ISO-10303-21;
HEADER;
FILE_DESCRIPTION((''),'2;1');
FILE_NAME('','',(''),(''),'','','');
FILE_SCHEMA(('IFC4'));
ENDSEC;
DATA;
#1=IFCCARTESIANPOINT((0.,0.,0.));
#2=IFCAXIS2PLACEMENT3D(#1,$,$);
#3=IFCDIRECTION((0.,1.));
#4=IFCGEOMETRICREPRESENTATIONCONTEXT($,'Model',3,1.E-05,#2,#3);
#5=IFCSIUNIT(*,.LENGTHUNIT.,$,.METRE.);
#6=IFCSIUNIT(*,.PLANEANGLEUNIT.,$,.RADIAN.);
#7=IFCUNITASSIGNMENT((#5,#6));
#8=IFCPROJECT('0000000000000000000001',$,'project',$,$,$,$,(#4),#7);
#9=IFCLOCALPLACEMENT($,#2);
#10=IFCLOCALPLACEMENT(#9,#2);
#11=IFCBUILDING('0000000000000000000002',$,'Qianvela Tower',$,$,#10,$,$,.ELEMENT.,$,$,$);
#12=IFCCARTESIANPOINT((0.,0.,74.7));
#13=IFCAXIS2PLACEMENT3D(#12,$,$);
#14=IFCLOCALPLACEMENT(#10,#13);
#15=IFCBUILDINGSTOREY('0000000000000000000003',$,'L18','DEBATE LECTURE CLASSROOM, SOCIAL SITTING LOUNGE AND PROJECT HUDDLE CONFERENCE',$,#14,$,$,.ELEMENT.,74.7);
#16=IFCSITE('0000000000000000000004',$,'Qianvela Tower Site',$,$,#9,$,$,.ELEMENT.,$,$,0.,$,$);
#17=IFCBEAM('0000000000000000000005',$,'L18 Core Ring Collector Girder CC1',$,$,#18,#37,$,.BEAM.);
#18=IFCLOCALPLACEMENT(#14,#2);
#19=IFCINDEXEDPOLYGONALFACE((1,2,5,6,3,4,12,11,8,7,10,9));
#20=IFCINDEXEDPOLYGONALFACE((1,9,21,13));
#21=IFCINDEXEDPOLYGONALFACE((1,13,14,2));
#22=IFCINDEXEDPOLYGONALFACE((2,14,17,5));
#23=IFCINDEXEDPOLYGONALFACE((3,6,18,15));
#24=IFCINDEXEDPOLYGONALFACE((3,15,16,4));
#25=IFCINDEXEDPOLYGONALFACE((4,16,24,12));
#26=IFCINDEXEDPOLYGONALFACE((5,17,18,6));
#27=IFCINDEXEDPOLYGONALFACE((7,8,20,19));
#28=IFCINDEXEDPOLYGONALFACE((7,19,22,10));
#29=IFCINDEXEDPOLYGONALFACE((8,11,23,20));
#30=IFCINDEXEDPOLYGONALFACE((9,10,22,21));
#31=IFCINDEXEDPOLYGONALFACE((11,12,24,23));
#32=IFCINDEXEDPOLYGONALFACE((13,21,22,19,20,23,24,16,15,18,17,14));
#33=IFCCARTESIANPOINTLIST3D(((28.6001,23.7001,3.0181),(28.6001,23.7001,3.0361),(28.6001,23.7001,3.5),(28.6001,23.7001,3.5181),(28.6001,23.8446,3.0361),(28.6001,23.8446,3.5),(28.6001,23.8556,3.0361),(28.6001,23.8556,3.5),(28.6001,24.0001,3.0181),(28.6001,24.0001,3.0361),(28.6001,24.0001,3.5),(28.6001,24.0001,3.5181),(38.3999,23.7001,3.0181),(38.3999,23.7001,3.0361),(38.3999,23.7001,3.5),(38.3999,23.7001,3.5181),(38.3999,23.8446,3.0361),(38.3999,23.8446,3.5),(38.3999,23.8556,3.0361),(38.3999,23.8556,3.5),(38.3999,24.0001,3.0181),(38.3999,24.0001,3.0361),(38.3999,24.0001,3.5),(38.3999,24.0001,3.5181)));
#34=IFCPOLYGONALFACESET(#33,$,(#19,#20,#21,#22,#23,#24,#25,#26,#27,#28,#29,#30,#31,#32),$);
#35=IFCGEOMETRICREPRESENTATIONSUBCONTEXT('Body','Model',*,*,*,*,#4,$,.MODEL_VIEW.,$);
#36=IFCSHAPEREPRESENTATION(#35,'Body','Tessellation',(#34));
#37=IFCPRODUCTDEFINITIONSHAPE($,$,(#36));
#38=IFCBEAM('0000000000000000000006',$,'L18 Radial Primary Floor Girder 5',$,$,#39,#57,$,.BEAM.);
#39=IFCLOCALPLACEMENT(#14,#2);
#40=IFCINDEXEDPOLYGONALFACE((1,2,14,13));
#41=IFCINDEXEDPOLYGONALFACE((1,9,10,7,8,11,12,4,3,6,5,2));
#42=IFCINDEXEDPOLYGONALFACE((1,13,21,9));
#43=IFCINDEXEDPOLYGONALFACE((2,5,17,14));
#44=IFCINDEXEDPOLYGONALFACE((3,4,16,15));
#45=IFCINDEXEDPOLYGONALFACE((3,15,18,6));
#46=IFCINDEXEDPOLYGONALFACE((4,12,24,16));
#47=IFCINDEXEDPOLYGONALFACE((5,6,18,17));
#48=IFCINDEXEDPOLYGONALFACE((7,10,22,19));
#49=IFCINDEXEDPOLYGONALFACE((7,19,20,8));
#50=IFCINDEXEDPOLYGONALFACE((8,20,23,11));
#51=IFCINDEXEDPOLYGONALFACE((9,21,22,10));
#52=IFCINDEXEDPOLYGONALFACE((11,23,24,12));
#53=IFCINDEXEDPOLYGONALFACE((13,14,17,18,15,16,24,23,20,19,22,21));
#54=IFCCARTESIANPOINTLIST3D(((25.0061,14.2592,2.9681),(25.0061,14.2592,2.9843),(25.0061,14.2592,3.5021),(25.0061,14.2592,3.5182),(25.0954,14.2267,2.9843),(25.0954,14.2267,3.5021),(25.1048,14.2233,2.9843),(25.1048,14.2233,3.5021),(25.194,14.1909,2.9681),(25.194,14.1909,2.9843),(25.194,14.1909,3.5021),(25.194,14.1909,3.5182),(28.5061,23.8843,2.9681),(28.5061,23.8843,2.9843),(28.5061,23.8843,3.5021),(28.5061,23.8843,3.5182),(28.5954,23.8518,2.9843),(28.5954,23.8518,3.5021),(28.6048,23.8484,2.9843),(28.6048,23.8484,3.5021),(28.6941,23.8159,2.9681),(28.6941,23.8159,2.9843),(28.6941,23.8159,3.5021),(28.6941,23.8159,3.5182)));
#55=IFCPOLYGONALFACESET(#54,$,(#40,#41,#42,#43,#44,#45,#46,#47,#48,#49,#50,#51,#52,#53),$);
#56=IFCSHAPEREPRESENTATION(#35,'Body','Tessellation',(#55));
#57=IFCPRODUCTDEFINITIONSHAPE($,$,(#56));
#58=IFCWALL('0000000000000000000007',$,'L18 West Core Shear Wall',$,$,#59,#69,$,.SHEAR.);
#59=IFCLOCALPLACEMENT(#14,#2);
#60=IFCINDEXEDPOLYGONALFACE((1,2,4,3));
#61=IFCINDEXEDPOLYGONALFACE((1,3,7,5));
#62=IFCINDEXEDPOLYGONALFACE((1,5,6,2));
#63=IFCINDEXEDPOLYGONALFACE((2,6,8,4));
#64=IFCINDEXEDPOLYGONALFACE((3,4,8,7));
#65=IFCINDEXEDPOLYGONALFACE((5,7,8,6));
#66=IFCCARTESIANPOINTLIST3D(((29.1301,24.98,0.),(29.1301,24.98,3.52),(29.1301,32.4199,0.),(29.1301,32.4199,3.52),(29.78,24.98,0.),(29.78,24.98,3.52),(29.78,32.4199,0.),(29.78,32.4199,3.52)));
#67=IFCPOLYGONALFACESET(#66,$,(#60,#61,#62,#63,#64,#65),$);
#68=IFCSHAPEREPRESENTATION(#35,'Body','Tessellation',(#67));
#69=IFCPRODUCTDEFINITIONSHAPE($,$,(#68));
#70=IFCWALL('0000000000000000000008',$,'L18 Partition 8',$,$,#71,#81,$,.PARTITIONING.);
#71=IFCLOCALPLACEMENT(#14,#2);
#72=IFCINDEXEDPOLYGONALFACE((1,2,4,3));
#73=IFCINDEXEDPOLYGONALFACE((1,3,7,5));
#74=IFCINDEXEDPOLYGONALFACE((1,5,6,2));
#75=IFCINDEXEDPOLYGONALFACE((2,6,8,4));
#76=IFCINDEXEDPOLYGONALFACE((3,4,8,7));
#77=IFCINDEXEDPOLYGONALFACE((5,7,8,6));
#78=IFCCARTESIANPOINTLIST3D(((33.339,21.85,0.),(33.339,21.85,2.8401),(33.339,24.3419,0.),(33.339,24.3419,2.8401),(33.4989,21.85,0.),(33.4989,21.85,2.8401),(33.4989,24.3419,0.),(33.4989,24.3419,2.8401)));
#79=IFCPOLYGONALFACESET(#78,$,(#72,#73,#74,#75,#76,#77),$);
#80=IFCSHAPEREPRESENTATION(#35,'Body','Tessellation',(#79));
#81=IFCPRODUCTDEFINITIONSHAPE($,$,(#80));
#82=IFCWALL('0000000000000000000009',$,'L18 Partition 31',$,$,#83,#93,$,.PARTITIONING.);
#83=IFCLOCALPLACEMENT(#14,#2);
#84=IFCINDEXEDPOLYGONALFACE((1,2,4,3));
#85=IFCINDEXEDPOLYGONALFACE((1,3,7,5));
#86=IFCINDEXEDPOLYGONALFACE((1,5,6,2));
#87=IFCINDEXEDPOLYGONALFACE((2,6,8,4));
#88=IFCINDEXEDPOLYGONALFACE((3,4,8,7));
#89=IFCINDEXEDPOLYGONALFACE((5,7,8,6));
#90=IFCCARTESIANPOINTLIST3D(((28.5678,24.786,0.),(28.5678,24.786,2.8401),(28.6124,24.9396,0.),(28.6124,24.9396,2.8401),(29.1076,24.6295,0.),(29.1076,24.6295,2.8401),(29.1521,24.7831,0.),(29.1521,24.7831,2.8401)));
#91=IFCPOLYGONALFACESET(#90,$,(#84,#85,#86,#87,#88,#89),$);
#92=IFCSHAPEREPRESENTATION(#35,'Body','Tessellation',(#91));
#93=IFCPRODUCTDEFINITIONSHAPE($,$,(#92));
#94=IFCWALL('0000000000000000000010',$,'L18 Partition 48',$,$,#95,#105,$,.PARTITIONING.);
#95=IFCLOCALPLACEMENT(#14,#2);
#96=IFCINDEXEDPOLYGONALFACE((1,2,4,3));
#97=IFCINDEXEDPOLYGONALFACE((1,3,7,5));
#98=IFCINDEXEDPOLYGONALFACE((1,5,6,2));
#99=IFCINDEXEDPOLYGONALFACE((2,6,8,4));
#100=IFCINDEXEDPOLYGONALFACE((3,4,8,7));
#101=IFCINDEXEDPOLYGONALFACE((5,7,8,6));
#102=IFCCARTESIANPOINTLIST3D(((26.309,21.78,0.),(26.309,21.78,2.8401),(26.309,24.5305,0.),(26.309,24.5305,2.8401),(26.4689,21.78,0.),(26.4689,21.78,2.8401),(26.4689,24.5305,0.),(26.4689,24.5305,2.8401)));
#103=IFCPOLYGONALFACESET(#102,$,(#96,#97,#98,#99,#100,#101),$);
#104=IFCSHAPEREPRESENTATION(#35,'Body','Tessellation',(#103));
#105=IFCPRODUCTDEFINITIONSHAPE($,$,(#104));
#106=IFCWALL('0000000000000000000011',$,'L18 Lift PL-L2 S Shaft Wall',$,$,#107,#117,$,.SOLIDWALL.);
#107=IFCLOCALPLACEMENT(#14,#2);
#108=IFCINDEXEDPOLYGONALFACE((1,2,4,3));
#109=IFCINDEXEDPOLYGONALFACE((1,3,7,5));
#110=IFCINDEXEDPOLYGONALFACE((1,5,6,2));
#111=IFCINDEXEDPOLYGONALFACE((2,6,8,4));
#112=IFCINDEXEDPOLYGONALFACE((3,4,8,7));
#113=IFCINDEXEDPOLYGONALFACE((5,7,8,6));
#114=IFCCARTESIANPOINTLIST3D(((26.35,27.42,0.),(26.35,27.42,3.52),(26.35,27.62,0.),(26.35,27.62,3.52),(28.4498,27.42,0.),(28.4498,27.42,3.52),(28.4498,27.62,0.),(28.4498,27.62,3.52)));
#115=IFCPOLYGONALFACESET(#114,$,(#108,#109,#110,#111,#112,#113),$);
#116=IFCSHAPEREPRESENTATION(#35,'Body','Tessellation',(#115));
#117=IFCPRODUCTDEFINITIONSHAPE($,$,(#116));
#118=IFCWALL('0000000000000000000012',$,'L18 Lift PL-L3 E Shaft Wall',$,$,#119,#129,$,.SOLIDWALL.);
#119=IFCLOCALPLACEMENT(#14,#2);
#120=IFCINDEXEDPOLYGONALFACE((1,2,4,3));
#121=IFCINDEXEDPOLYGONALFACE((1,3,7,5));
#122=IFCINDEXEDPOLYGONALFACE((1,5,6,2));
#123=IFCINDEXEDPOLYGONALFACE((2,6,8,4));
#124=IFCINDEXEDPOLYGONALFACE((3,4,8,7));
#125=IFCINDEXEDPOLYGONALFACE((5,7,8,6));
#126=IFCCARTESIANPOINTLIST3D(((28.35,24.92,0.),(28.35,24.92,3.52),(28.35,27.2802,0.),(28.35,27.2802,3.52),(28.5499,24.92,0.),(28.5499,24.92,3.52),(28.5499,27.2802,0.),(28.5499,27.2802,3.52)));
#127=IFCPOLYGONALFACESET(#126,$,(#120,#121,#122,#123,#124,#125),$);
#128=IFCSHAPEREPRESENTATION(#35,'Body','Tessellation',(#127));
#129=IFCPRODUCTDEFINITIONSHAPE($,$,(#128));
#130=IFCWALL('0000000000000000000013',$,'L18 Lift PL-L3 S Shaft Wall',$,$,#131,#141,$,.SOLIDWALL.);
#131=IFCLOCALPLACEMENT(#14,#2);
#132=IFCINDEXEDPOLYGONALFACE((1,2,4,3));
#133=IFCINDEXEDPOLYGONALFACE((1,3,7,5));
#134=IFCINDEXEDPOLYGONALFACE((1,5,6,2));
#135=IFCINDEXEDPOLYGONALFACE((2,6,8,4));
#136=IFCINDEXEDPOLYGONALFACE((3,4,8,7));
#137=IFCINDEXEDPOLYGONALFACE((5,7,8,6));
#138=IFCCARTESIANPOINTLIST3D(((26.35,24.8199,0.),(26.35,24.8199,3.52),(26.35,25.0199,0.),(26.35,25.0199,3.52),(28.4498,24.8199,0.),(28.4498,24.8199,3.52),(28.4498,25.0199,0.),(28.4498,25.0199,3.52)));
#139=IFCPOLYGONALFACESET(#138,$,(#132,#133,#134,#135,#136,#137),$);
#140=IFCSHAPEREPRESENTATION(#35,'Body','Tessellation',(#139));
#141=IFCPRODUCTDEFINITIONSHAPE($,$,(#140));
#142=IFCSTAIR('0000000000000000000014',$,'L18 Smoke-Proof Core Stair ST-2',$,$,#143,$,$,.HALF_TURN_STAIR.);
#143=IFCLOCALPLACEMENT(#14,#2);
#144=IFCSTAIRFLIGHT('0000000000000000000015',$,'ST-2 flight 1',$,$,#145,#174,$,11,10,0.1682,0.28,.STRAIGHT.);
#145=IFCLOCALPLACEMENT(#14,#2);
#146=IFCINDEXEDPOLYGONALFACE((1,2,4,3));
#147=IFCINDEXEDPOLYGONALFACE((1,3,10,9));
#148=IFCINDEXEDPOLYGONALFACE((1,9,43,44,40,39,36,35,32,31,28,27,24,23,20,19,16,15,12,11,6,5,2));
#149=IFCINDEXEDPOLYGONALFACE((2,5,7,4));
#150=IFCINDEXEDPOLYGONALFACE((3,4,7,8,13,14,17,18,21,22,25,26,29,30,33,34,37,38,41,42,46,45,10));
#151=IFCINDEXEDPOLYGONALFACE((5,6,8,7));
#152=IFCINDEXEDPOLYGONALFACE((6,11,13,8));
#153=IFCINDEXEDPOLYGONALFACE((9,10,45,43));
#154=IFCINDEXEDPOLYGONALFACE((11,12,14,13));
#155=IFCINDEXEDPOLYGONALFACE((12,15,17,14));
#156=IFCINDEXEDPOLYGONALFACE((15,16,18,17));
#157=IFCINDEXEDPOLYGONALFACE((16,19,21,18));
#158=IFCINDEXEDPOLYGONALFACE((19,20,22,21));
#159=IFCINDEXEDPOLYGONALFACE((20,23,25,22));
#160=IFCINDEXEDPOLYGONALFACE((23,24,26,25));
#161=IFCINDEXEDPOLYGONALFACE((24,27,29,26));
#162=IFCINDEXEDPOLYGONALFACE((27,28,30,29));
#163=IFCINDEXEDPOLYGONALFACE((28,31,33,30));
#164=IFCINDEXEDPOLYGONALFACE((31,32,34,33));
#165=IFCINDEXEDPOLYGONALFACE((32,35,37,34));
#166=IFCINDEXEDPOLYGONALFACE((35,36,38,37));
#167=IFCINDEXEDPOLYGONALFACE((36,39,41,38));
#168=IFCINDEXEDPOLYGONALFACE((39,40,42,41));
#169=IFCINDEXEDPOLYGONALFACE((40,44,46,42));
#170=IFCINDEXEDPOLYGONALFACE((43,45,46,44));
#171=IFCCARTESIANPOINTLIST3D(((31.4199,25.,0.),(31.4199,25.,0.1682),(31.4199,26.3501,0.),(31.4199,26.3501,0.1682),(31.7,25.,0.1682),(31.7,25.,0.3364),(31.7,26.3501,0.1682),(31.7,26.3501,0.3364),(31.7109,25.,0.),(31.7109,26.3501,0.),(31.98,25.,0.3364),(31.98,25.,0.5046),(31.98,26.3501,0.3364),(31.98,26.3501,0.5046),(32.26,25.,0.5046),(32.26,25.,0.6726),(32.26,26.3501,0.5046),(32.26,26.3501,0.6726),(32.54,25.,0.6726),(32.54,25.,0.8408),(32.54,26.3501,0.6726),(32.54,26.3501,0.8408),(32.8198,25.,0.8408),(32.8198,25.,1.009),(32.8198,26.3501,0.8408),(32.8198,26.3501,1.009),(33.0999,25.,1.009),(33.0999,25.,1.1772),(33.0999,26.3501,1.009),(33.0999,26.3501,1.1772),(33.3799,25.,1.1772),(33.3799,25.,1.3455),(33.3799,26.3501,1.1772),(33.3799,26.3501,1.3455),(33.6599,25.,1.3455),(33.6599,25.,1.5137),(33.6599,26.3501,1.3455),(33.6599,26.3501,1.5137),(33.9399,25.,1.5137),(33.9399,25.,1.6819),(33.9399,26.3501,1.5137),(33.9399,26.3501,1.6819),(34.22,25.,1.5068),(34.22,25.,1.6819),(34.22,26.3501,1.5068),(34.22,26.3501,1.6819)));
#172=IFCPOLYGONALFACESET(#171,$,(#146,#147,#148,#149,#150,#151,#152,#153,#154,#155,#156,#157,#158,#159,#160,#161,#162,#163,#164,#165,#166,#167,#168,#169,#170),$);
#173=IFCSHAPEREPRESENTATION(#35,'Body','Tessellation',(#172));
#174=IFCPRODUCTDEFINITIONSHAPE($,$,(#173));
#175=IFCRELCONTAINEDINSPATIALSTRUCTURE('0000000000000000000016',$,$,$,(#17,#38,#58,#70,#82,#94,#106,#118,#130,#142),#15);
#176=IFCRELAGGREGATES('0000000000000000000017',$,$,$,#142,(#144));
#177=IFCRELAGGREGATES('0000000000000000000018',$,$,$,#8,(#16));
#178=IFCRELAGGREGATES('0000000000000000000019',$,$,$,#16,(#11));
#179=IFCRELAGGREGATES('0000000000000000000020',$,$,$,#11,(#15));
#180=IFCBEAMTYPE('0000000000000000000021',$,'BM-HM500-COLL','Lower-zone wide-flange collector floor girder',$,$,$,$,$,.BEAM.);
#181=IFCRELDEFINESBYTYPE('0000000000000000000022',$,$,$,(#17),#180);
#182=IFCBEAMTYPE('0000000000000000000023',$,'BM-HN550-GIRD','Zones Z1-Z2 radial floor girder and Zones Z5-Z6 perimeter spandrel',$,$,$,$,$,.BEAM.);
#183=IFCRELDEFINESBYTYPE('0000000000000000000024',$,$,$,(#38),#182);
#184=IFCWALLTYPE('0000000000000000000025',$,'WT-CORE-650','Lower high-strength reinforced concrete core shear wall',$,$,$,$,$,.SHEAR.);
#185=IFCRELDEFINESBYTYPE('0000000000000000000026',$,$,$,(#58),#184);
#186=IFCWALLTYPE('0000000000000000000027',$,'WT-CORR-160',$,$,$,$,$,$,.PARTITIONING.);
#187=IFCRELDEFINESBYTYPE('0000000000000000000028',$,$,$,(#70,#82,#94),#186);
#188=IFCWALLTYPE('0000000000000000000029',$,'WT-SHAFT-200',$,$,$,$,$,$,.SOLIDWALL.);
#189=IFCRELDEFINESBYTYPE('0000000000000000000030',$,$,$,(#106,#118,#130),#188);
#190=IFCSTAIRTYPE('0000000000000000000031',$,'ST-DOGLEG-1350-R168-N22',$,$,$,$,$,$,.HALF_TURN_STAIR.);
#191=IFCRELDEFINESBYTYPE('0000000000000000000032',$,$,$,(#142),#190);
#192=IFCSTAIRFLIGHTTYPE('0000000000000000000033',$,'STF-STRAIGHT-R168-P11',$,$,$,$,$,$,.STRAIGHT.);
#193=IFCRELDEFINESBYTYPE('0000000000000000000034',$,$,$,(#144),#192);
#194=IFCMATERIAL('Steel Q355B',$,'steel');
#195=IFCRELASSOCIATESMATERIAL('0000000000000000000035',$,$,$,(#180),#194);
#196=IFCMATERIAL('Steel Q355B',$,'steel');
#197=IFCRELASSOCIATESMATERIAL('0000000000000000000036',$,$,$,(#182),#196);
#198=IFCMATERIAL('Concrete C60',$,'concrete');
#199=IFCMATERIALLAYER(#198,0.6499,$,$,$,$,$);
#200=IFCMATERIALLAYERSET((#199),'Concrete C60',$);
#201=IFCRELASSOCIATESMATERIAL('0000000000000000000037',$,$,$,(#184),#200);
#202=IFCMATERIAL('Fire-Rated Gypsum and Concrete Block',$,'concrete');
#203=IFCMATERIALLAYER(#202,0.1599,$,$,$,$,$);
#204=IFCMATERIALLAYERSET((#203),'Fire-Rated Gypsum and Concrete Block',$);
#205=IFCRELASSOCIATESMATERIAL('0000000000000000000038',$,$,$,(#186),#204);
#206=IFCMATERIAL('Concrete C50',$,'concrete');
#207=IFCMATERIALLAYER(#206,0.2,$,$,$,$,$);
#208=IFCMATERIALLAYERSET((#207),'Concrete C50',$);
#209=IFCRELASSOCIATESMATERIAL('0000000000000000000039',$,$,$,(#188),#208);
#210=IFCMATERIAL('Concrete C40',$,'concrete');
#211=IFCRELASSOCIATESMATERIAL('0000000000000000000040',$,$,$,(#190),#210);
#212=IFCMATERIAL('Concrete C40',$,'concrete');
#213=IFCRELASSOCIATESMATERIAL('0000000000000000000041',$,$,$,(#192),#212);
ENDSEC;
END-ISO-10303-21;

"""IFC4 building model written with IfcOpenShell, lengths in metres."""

from ifc_helpers import new_model, si_unit, direction, frame, frame_2d, origin, origin_2d, place, context, subcontext, project, spatial, polyline, rectangle, i_section, outline, extrude, material, layer, layer_set, material_profile, profile_set, type_object, element, aggregate, save


model = new_model("IFC4")

# Units and contexts
model_context = context("Model", 3, precision=1e-05, world=origin(), true_north=direction((0.0, 1.0)))
body_context = subcontext(model_context, "Body", "Model", "MODEL_VIEW")
ifc_project = project(units=[si_unit("LENGTHUNIT", "METRE"), si_unit("PLANEANGLEUNIT", "RADIAN")], contexts=[model_context])

# Site, building, storey
site_placement = place(None, origin())
site = spatial("IfcSite", under=ifc_project, at=site_placement, Name="Qianvela Tower Site", CompositionType="ELEMENT", RefElevation=0.0)
building_placement = place(site_placement, origin())
building = spatial("IfcBuilding", under=site, at=building_placement, Name="Qianvela Tower", CompositionType="ELEMENT")
storey_placement = place(building_placement, frame((0.0, 0.0, 74.7)))
storey = spatial("IfcBuildingStorey", under=building, at=storey_placement, Name="L18", Description="DEBATE LECTURE CLASSROOM, SOCIAL SITTING LOUNGE AND PROJECT HUDDLE CONFERENCE", CompositionType="ELEMENT", Elevation=74.7)

# Beams
ifc_material_1 = material(Name="Steel Q355B", Category="steel")
ifc_material_profile_1 = material_profile(ifc_material_1, i_section(OverallWidth=0.3, OverallDepth=0.5, WebThickness=0.011, FlangeThickness=0.0181, at=origin_2d()), Name="HM500x300x11x18")
ifc_profile_set_1 = profile_set([ifc_material_profile_1], Name="Steel Q355B")
beam_type_1 = type_object("IfcBeamType", Name="BM-HM500-COLL", Description="Lower-zone wide-flange collector floor girder", PredefinedType="BEAM", material=ifc_profile_set_1)
beam_1_placement = place(storey_placement, frame((28.6001, 23.8501, 3.2681), z_axis=(1.0, 0.0, 0.0), x_axis=(0.0, 1.0, 0.0)))
element("IfcBeam", 1, at=beam_1_placement, inside=storey, type_object=beam_type_1, Name="L18 Core Ring Collector Girder CC1", PredefinedType="BEAM", context=body_context, shape_type="SweptSolid", body=[
    extrude(i_section(OverallWidth=0.3, OverallDepth=0.5, WebThickness=0.011, FlangeThickness=0.0181, at=origin_2d()), origin(), (0.0, 0.0, 1.0), 9.7998),
])
ifc_material_2 = material(Name="Steel Q355B", Category="steel")
ifc_material_profile_2 = material_profile(ifc_material_2, i_section(OverallWidth=0.2, OverallDepth=0.55, WebThickness=0.01, FlangeThickness=0.0161, at=origin_2d()), Name="HN550x200x10x16")
ifc_profile_set_2 = profile_set([ifc_material_profile_2], Name="Steel Q355B")
beam_type_2 = type_object("IfcBeamType", Name="BM-HN550-GIRD", Description="Zones Z1-Z2 radial floor girder and Zones Z5-Z6 perimeter spandrel", PredefinedType="BEAM", material=ifc_profile_set_2)
beam_2_placement = place(storey_placement, frame((28.6001, 23.8501, 3.2432), z_axis=(-0.341743, -0.939793, 0.0), x_axis=(0.939793, -0.341743, 0.0)))
element("IfcBeam", 2, at=beam_2_placement, inside=storey, type_object=beam_type_2, Name="L18 Radial Primary Floor Girder 5", PredefinedType="BEAM", context=body_context, shape_type="SweptSolid", body=[
    extrude(i_section(OverallWidth=0.2, OverallDepth=0.55, WebThickness=0.01, FlangeThickness=0.0161, at=origin_2d()), origin(), (0.0, 0.0, 1.0), 10.2417),
])

# Shared definitions
ifc_material_3 = material(Name="Concrete C60", Category="concrete")
ifc_layer_1 = layer(ifc_material_3, 0.6499)
ifc_layer_set_1 = layer_set([ifc_layer_1], Name="Concrete C60")
wall_type_1 = type_object("IfcWallType", Name="WT-CORE-650", Description="Lower high-strength reinforced concrete core shear wall", PredefinedType="SHEAR", material=ifc_layer_set_1)

# Walls
wall_1_placement = place(storey_placement, frame((29.4551, 24.98, 0.0), z_axis=(0.0, 0.0, 1.0), x_axis=(0.0, 1.0, 0.0)))
element("IfcWall", 3, at=wall_1_placement, inside=storey, type_object=wall_type_1, Name="L18 West Core Shear Wall", PredefinedType="SHEAR", context=body_context, shape_type="SweptSolid", body=[
    extrude(rectangle(XDim=7.4399, YDim=0.6499, at=frame_2d((3.72, 0.0))), origin(), (0.0, 0.0, 1.0), 3.52),
])
ifc_material_4 = material(Name="Fire-Rated Gypsum and Concrete Block", Category="concrete")
ifc_layer_2 = layer(ifc_material_4, 0.1599)
ifc_layer_set_2 = layer_set([ifc_layer_2], Name="Fire-Rated Gypsum and Concrete Block")
wall_type_2 = type_object("IfcWallType", Name="WT-CORR-160", PredefinedType="PARTITIONING", material=ifc_layer_set_2)
wall_2_placement = place(storey_placement, frame((33.4189, 24.342, 0.0), z_axis=(0.0, 0.0, 1.0), x_axis=(0.0, -1.0, 0.0)))
element("IfcWall", 4, at=wall_2_placement, inside=storey, type_object=wall_type_2, Name="L18 Partition 8", PredefinedType="PARTITIONING", context=body_context, shape_type="SweptSolid", body=[
    extrude(rectangle(XDim=2.4919, YDim=0.1599, at=frame_2d((1.2461, 0.0))), origin(), (0.0, 0.0, 1.0), 2.8401),
])
wall_3_placement = place(storey_placement, frame((29.1299, 24.7063, 0.0), z_axis=(0.0, 0.0, 1.0), x_axis=(-0.960451, 0.278448, 0.0)))
element("IfcWall", 5, at=wall_3_placement, inside=storey, type_object=wall_type_2, Name="L18 Partition 31", PredefinedType="PARTITIONING", context=body_context, shape_type="SweptSolid", body=[
    extrude(rectangle(XDim=0.562, YDim=0.1599, at=frame_2d((0.281, 0.0))), origin(), (0.0, 0.0, 1.0), 2.8401),
])
wall_4_placement = place(storey_placement, frame((26.3889, 24.5305, 0.0), z_axis=(0.0, 0.0, 1.0), x_axis=(0.0, -1.0, 0.0)))
element("IfcWall", 6, at=wall_4_placement, inside=storey, type_object=wall_type_2, Name="L18 Partition 48", PredefinedType="PARTITIONING", context=body_context, shape_type="SweptSolid", body=[
    extrude(rectangle(XDim=2.7505, YDim=0.1599, at=frame_2d((1.3752, 0.0))), origin(), (0.0, 0.0, 1.0), 2.8401),
])

# Shared definitions
ifc_material_5 = material(Name="Concrete C50", Category="concrete")
ifc_layer_3 = layer(ifc_material_5, 0.2)
ifc_layer_set_3 = layer_set([ifc_layer_3], Name="Concrete C50")
wall_type_3 = type_object("IfcWallType", Name="WT-SHAFT-200", PredefinedType="SOLIDWALL", material=ifc_layer_set_3)

# Walls
wall_5_placement = place(storey_placement, frame((26.3501, 27.52, 0.0), z_axis=(0.0, 0.0, 1.0), x_axis=(1.0, 0.0, 0.0)))
element("IfcWall", 7, at=wall_5_placement, inside=storey, type_object=wall_type_3, Name="L18 Lift PL-L2 S Shaft Wall", PredefinedType="SOLIDWALL", context=body_context, shape_type="SweptSolid", body=[
    extrude(rectangle(XDim=2.0999, YDim=0.2, at=frame_2d((1.0498, 0.0))), origin(), (0.0, 0.0, 1.0), 3.52),
])
wall_6_placement = place(storey_placement, frame((28.45, 24.9199, 0.0), z_axis=(0.0, 0.0, 1.0), x_axis=(0.0, 1.0, 0.0)))
element("IfcWall", 8, at=wall_6_placement, inside=storey, type_object=wall_type_3, Name="L18 Lift PL-L3 E Shaft Wall", PredefinedType="SOLIDWALL", context=body_context, shape_type="SweptSolid", body=[
    extrude(rectangle(XDim=2.3601, YDim=0.2, at=frame_2d((1.1802, 0.0))), origin(), (0.0, 0.0, 1.0), 3.52),
])

# Wall
wall_7_placement = place(storey_placement, frame((26.3501, 24.9199, 0.0), z_axis=(0.0, 0.0, 1.0), x_axis=(1.0, 0.0, 0.0)))
element("IfcWall", 9, at=wall_7_placement, inside=storey, type_object=wall_type_3, Name="L18 Lift PL-L3 S Shaft Wall", PredefinedType="SOLIDWALL", context=body_context, shape_type="SweptSolid", body=[
    extrude(rectangle(XDim=2.0999, YDim=0.2, at=frame_2d((1.0498, 0.0))), origin(), (0.0, 0.0, 1.0), 3.52),
])

# Stair, stair flight
ifc_material_6 = material(Name="Concrete C40", Category="concrete")
stair_type = type_object("IfcStairType", Name="ST-DOGLEG-1350-R168-N22", PredefinedType="HALF_TURN_STAIR", material=ifc_material_6)
stair_placement = place(storey_placement, origin())
stair = element("IfcStair", 10, at=stair_placement, inside=storey, type_object=stair_type, Name="L18 Smoke-Proof Core Stair ST-2", PredefinedType="HALF_TURN_STAIR")
ifc_material_7 = material(Name="Concrete C40", Category="concrete")
stair_flight_type = type_object("IfcStairFlightType", Name="STF-STRAIGHT-R168-P11", PredefinedType="STRAIGHT", material=ifc_material_7)
stair_flight_placement = place(storey_placement, frame((31.4199, 25.675, 0.0), z_axis=(0.0, 0.0, 1.0), x_axis=(1.0, 0.0, 0.0)))
stair_flight = element("IfcStairFlight", 11, at=stair_flight_placement, type_object=stair_flight_type, Name="ST-2 flight 1", NumberOfRisers=11, NumberOfTreads=10, PredefinedType="STRAIGHT", RiserHeight=0.1682, TreadLength=0.28, context=body_context, shape_type="SweptSolid", body=[
    extrude(outline(polyline([(0.0, 0.0), (0.0, 0.1682), (0.28, 0.1682), (0.28, 0.3364), (0.5601, 0.3364), (0.5601, 0.5046), (0.8401, 0.5046), (0.8401, 0.6726), (1.1201, 0.6726), (1.1201, 0.8408), (1.3999, 0.8408), (1.3999, 1.009), (1.6799, 1.009), (1.6799, 1.1772), (1.96, 1.1772), (1.96, 1.3455), (2.24, 1.3455), (2.24, 1.5137), (2.52, 1.5137), (2.52, 1.6819), (2.8, 1.6819), (2.8, 1.8501), (2.8, 1.5068), (0.291, 0.0), (0.0, 0.0)])), frame((0.0, 0.675, 0.0), z_axis=(0.0, -1.0, 0.0), x_axis=(1.0, 0.0, 0.0)), (0.0, 0.0, 1.0), 1.3501),
])
aggregate(stair, [stair_flight])

save(model, "model.ifc")
